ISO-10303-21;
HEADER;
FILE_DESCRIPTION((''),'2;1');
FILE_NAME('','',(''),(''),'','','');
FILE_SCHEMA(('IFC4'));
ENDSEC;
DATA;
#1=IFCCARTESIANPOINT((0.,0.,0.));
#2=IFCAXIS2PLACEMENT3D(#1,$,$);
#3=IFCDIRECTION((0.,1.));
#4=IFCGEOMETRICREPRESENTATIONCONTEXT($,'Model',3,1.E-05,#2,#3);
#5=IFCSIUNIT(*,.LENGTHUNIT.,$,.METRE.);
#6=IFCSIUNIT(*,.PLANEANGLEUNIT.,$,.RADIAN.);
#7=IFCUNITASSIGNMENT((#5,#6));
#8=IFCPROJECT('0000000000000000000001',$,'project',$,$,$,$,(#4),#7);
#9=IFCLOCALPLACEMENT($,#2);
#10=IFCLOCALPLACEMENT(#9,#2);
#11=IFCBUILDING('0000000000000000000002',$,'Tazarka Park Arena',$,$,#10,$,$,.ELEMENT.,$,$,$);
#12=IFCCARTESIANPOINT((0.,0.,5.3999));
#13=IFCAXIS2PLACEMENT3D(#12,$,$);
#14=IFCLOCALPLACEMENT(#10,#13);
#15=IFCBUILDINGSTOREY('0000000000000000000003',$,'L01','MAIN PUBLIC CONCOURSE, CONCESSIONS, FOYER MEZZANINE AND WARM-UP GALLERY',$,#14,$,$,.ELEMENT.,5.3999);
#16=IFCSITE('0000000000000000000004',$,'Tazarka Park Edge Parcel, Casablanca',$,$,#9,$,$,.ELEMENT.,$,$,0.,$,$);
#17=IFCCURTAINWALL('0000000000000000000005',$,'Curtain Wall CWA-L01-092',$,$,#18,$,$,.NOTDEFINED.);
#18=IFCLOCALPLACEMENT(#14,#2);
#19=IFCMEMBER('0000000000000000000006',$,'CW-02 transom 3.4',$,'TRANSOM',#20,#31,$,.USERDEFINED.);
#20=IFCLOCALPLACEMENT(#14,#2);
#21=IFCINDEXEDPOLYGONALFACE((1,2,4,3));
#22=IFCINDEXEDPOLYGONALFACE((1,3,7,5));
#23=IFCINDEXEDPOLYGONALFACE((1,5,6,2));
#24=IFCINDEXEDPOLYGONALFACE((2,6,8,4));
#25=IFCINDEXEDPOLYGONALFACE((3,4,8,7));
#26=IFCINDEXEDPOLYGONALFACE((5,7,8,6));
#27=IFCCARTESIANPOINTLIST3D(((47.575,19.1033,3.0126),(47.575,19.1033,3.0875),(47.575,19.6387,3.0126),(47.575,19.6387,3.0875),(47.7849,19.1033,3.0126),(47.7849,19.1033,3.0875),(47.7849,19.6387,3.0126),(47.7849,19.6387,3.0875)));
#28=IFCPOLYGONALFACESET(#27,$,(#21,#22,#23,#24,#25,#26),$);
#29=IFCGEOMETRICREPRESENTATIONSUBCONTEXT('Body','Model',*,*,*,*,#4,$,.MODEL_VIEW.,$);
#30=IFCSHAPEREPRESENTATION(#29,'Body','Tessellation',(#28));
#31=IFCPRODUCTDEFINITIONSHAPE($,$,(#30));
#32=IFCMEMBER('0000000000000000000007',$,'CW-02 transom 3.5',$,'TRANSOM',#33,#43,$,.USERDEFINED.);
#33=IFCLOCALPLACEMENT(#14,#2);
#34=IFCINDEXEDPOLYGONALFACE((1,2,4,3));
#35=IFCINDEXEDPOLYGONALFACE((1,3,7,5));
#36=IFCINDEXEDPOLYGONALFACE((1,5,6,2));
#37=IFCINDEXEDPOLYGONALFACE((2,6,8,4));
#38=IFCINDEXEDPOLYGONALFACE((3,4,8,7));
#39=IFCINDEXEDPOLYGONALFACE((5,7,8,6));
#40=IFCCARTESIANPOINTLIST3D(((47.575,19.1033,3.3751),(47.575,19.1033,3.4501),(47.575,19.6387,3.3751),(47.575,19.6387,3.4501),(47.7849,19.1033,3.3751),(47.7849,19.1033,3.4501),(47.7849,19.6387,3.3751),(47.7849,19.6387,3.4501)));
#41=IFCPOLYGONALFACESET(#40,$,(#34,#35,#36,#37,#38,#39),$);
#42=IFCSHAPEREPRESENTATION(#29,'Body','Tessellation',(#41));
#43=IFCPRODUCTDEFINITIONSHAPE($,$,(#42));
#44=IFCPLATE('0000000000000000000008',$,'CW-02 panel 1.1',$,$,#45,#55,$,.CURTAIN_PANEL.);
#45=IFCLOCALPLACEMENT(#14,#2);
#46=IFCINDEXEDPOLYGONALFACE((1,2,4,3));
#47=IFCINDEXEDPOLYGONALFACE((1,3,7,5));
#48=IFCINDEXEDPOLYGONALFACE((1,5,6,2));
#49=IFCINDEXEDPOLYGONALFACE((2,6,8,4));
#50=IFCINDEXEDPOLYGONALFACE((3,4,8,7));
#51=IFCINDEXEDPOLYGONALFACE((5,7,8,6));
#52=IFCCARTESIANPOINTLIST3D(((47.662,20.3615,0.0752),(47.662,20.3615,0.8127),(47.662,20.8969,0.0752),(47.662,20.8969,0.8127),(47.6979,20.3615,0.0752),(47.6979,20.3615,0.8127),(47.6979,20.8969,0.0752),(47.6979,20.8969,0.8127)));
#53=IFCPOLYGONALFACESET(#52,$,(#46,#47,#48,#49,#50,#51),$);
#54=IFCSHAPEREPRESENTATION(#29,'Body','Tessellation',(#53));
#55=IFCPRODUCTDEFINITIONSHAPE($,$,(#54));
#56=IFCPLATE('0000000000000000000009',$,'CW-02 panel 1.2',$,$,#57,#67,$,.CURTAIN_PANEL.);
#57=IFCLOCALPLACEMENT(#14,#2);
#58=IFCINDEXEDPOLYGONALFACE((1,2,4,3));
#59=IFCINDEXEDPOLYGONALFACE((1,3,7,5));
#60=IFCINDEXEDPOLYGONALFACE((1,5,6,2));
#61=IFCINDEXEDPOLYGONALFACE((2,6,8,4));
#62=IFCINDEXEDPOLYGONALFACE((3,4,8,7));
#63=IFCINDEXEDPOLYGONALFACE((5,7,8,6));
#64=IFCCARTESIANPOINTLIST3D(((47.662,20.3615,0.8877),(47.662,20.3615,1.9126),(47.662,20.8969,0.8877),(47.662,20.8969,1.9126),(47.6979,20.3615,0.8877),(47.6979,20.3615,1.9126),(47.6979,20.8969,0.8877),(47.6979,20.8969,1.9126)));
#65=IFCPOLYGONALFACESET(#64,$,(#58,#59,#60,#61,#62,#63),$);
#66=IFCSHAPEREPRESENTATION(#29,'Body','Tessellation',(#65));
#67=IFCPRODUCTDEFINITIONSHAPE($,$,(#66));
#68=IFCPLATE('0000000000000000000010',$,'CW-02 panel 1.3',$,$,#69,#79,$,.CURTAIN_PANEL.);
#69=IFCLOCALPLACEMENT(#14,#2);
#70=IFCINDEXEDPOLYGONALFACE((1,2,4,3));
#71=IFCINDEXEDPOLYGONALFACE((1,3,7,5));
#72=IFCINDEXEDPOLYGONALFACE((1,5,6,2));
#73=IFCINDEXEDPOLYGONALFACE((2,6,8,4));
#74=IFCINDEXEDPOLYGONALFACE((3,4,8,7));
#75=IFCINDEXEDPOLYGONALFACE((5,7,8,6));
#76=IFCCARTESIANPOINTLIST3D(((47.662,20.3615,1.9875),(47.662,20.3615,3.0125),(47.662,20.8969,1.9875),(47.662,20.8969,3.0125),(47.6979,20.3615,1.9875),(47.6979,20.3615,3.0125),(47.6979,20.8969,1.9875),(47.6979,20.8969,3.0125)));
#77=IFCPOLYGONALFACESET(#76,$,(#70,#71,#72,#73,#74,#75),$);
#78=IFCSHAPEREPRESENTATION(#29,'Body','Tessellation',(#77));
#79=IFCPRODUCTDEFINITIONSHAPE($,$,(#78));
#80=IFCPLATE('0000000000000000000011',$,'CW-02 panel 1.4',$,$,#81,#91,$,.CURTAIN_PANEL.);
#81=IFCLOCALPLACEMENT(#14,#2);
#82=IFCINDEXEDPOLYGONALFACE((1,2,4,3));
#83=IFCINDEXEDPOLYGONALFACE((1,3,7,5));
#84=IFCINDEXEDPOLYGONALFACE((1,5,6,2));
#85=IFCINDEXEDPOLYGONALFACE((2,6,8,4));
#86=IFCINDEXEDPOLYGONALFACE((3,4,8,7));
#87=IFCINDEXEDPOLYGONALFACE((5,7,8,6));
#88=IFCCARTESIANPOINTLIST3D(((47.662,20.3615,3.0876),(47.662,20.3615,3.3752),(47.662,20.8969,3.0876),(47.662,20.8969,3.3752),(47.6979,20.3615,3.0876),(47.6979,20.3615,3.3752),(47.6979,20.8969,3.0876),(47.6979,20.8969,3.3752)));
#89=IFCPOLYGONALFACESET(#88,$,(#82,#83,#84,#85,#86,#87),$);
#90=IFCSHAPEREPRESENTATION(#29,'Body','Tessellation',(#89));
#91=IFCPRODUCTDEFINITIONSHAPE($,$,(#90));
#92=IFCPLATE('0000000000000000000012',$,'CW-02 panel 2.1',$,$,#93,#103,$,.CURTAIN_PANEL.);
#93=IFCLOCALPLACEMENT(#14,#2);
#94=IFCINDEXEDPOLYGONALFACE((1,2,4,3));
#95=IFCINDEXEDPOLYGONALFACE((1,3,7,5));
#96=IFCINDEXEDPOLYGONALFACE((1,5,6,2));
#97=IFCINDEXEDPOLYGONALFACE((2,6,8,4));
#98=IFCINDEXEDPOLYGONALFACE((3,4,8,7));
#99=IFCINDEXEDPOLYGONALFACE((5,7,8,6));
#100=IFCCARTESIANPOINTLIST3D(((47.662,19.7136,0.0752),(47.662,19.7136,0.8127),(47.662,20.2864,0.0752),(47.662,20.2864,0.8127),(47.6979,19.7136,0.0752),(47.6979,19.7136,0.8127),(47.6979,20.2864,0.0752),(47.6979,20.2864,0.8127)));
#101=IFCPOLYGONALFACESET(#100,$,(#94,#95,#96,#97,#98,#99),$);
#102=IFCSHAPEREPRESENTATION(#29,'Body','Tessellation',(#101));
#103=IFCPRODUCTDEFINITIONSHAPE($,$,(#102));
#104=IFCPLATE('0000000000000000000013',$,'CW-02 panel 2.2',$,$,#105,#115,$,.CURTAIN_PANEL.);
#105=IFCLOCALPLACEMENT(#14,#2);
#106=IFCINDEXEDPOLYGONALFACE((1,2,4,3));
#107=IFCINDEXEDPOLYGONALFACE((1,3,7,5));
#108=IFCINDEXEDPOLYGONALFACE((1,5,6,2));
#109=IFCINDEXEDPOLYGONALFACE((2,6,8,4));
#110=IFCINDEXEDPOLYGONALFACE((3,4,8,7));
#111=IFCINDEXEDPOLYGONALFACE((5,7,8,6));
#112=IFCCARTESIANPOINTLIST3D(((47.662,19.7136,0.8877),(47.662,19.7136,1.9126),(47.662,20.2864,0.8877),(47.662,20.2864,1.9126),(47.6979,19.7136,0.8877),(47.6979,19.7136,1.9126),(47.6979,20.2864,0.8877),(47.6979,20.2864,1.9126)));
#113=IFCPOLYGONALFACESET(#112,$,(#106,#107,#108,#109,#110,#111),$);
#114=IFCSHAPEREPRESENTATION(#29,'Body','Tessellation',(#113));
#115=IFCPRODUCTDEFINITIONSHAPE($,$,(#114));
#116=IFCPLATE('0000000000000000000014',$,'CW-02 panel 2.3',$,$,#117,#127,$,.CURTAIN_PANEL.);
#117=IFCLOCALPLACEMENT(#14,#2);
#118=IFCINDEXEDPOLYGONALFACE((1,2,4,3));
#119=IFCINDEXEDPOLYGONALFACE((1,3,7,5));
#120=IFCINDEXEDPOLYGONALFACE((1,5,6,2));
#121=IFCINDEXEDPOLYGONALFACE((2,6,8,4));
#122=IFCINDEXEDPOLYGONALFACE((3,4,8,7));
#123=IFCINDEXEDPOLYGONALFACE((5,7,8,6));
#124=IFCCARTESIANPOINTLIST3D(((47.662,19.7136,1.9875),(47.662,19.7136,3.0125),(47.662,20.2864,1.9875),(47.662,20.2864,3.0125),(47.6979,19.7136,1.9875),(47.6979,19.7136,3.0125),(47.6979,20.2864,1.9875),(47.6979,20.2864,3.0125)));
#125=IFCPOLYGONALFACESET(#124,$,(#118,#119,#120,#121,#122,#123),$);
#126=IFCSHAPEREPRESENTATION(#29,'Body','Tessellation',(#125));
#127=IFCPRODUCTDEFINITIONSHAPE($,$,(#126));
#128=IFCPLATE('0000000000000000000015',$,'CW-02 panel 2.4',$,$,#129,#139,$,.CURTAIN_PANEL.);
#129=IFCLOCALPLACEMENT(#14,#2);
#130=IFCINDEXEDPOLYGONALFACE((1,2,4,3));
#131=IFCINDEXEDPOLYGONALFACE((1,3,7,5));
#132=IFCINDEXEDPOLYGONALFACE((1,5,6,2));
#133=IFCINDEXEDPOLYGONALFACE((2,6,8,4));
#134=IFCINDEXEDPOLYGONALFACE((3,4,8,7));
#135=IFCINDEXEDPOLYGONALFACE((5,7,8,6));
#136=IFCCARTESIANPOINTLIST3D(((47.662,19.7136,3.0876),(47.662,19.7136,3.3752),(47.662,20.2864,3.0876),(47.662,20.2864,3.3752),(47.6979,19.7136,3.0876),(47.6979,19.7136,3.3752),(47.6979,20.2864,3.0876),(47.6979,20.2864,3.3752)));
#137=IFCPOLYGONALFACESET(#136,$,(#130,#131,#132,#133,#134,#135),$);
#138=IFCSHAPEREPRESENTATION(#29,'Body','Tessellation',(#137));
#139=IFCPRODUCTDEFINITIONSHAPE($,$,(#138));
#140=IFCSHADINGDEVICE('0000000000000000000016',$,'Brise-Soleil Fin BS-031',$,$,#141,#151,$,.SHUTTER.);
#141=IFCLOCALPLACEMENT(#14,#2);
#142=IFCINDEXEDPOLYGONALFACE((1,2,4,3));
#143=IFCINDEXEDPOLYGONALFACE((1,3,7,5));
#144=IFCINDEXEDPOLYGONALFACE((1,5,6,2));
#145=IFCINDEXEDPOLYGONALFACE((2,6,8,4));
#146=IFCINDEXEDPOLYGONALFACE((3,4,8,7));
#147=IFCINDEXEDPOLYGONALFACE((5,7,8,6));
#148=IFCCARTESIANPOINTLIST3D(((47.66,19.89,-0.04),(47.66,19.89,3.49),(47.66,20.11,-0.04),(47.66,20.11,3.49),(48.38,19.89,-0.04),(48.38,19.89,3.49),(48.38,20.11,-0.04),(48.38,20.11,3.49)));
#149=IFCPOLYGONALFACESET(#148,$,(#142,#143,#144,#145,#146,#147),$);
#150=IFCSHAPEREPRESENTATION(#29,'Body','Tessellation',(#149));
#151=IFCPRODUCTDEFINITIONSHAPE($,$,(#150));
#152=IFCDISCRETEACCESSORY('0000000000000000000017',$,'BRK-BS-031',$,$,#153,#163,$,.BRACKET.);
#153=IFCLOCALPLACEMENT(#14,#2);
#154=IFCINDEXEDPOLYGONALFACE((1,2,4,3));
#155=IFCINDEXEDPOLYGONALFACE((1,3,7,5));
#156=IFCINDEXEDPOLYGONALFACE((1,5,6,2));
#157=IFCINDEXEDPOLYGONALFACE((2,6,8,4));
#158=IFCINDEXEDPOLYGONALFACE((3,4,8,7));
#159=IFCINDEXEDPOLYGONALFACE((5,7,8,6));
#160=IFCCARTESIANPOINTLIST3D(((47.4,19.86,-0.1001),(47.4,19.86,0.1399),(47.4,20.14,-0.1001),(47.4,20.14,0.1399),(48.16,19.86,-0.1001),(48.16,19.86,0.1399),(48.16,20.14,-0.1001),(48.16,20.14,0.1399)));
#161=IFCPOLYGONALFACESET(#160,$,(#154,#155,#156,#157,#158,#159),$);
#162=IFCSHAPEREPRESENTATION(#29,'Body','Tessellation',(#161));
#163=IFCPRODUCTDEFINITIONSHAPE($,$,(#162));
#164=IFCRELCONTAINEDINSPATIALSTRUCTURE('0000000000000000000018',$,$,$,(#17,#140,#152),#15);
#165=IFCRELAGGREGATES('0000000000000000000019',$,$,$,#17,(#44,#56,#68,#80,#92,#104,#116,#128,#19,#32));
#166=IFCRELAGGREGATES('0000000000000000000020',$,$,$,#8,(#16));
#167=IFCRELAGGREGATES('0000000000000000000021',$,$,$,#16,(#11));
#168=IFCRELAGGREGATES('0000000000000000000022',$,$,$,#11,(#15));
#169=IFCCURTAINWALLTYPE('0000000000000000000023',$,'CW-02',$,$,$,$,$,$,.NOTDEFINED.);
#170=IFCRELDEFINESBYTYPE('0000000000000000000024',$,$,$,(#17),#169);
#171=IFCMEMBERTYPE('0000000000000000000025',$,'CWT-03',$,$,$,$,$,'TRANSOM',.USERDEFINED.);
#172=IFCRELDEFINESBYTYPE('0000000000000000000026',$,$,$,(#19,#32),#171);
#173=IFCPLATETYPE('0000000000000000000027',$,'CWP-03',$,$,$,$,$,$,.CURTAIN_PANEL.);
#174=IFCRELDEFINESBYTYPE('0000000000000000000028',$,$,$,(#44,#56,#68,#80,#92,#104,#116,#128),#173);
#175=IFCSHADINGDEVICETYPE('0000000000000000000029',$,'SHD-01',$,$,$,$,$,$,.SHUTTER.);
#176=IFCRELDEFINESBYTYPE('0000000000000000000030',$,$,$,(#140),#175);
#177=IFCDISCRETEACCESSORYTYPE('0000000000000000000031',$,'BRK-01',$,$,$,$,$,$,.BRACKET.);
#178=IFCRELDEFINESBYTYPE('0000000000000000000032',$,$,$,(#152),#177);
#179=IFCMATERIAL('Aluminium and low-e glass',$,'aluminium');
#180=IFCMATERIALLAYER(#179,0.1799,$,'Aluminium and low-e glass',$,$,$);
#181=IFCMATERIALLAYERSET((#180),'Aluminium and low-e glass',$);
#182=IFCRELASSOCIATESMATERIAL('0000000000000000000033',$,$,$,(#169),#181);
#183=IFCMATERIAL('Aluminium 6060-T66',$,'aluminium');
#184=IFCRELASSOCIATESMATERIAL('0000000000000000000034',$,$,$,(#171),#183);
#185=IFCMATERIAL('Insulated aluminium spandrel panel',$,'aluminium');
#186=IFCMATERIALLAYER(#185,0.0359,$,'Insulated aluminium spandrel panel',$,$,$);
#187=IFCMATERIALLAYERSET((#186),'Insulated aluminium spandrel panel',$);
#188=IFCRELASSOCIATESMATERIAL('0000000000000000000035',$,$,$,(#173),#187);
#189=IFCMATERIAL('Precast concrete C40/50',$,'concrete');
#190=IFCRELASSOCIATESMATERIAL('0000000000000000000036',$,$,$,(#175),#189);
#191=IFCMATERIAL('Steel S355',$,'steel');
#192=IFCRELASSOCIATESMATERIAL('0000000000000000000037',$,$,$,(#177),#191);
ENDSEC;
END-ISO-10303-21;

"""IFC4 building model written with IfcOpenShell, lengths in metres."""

from ifc_helpers import new_model, si_unit, direction, frame, origin, origin_2d, place, context, subcontext, project, spatial, rectangle, extrude, material, layer, layer_set, material_profile, profile_set, type_object, element, aggregate, save


model = new_model("IFC4")

# Units and contexts
model_context = context("Model", 3, precision=1e-05, world=origin(), true_north=direction((0.0, 1.0)))
body_context = subcontext(model_context, "Body", "Model", "MODEL_VIEW")
ifc_project = project(units=[si_unit("LENGTHUNIT", "METRE"), si_unit("PLANEANGLEUNIT", "RADIAN")], contexts=[model_context])

# Site, building, storey
site_placement = place(None, origin())
site = spatial("IfcSite", under=ifc_project, at=site_placement, Name="Tazarka Park Edge Parcel, Casablanca", CompositionType="ELEMENT", RefElevation=0.0)
building_placement = place(site_placement, origin())
building = spatial("IfcBuilding", under=site, at=building_placement, Name="Tazarka Park Arena", CompositionType="ELEMENT")
storey_placement = place(building_placement, frame((0.0, 0.0, 5.3999)))
storey = spatial("IfcBuildingStorey", under=building, at=storey_placement, Name="L01", Description="MAIN PUBLIC CONCOURSE, CONCESSIONS, FOYER MEZZANINE AND WARM-UP GALLERY", CompositionType="ELEMENT", Elevation=5.3999)

# Curtain wall, members, plates
ifc_material_1 = material(Name="Aluminium and low-e glass", Category="aluminium")
ifc_layer_1 = layer(ifc_material_1, 0.1799, Name="Aluminium and low-e glass")
ifc_layer_set_1 = layer_set([ifc_layer_1], Name="Aluminium and low-e glass")
curtain_wall_type = type_object("IfcCurtainWallType", Name="CW-02", PredefinedType="NOTDEFINED", material=ifc_layer_set_1)
curtain_wall_placement = place(storey_placement, origin())
curtain_wall = element("IfcCurtainWall", 1, at=curtain_wall_placement, inside=storey, type_object=curtain_wall_type, Name="Curtain Wall CWA-L01-092", PredefinedType="NOTDEFINED")
ifc_material_2 = material(Name="Aluminium 6060-T66", Category="aluminium")
ifc_material_profile_1 = material_profile(ifc_material_2, rectangle(XDim=0.21, YDim=0.075, at=origin_2d()), Name="Aluminium 6060-T66")
ifc_profile_set_1 = profile_set([ifc_material_profile_1], Name="Aluminium 6060-T66")
member_type_1 = type_object("IfcMemberType", Name="CWT-03", ElementType="TRANSOM", PredefinedType="USERDEFINED", material=ifc_profile_set_1)
member_1_placement = place(storey_placement, frame((47.6799, 19.6387, 3.05), z_axis=(0.0, -1.0, 0.0), x_axis=(1.0, 0.0, 0.0)))
member_1 = element("IfcMember", 2, at=member_1_placement, type_object=member_type_1, Name="CW-02 transom 3.4", ObjectType="TRANSOM", PredefinedType="USERDEFINED", context=body_context, shape_type="SweptSolid", body=[
    extrude(rectangle(XDim=0.21, YDim=0.075, at=origin_2d()), origin(), (0.0, 0.0, 1.0), 0.5354),
])
member_2_placement = place(storey_placement, frame((47.6799, 19.6387, 3.4126), z_axis=(0.0, -1.0, 0.0), x_axis=(1.0, 0.0, 0.0)))
member_2 = element("IfcMember", 3, at=member_2_placement, type_object=member_type_1, Name="CW-02 transom 3.5", ObjectType="TRANSOM", PredefinedType="USERDEFINED", context=body_context, shape_type="SweptSolid", body=[
    extrude(rectangle(XDim=0.21, YDim=0.075, at=origin_2d()), origin(), (0.0, 0.0, 1.0), 0.5354),
])
ifc_material_3 = material(Name="Insulated aluminium spandrel panel", Category="aluminium")
ifc_layer_2 = layer(ifc_material_3, 0.0359, Name="Insulated aluminium spandrel panel")
ifc_layer_set_2 = layer_set([ifc_layer_2], Name="Insulated aluminium spandrel panel")
plate_type = type_object("IfcPlateType", Name="CWP-03", PredefinedType="CURTAIN_PANEL", material=ifc_layer_set_2)
plate_1_placement = place(storey_placement, frame((47.6799, 20.6292, 0.0752), z_axis=(0.0, 0.0, 1.0), x_axis=(0.0, -1.0, 0.0)))
plate_1 = element("IfcPlate", 4, at=plate_1_placement, type_object=plate_type, Name="CW-02 panel 1.1", PredefinedType="CURTAIN_PANEL", context=body_context, shape_type="SweptSolid", body=[
    extrude(rectangle(XDim=0.5354, YDim=0.0359, at=origin_2d()), origin(), (0.0, 0.0, 1.0), 0.7375),
])
plate_2_placement = place(storey_placement, frame((47.6799, 20.6292, 0.8877), z_axis=(0.0, 0.0, 1.0), x_axis=(0.0, -1.0, 0.0)))
plate_2 = element("IfcPlate", 5, at=plate_2_placement, type_object=plate_type, Name="CW-02 panel 1.2", PredefinedType="CURTAIN_PANEL", context=body_context, shape_type="SweptSolid", body=[
    extrude(rectangle(XDim=0.5354, YDim=0.0359, at=origin_2d()), origin(), (0.0, 0.0, 1.0), 1.0249),
])
plate_3_placement = place(storey_placement, frame((47.6799, 20.6292, 1.9875), z_axis=(0.0, 0.0, 1.0), x_axis=(0.0, -1.0, 0.0)))
plate_3 = element("IfcPlate", 6, at=plate_3_placement, type_object=plate_type, Name="CW-02 panel 1.3", PredefinedType="CURTAIN_PANEL", context=body_context, shape_type="SweptSolid", body=[
    extrude(rectangle(XDim=0.5354, YDim=0.0359, at=origin_2d()), origin(), (0.0, 0.0, 1.0), 1.0249),
])
plate_4_placement = place(storey_placement, frame((47.6799, 20.6292, 3.0876), z_axis=(0.0, 0.0, 1.0), x_axis=(0.0, -1.0, 0.0)))
plate_4 = element("IfcPlate", 7, at=plate_4_placement, type_object=plate_type, Name="CW-02 panel 1.4", PredefinedType="CURTAIN_PANEL", context=body_context, shape_type="SweptSolid", body=[
    extrude(rectangle(XDim=0.5354, YDim=0.0359, at=origin_2d()), origin(), (0.0, 0.0, 1.0), 0.2876),
])
plate_5_placement = place(storey_placement, frame((47.6799, 20.0, 0.0752), z_axis=(0.0, 0.0, 1.0), x_axis=(0.0, -1.0, 0.0)))
plate_5 = element("IfcPlate", 8, at=plate_5_placement, type_object=plate_type, Name="CW-02 panel 2.1", PredefinedType="CURTAIN_PANEL", context=body_context, shape_type="SweptSolid", body=[
    extrude(rectangle(XDim=0.5728, YDim=0.0359, at=origin_2d()), origin(), (0.0, 0.0, 1.0), 0.7375),
])
plate_6_placement = place(storey_placement, frame((47.6799, 20.0, 0.8877), z_axis=(0.0, 0.0, 1.0), x_axis=(0.0, -1.0, 0.0)))
plate_6 = element("IfcPlate", 9, at=plate_6_placement, type_object=plate_type, Name="CW-02 panel 2.2", PredefinedType="CURTAIN_PANEL", context=body_context, shape_type="SweptSolid", body=[
    extrude(rectangle(XDim=0.5728, YDim=0.0359, at=origin_2d()), origin(), (0.0, 0.0, 1.0), 1.0249),
])
plate_7_placement = place(storey_placement, frame((47.6799, 20.0, 1.9875), z_axis=(0.0, 0.0, 1.0), x_axis=(0.0, -1.0, 0.0)))
plate_7 = element("IfcPlate", 10, at=plate_7_placement, type_object=plate_type, Name="CW-02 panel 2.3", PredefinedType="CURTAIN_PANEL", context=body_context, shape_type="SweptSolid", body=[
    extrude(rectangle(XDim=0.5728, YDim=0.0359, at=origin_2d()), origin(), (0.0, 0.0, 1.0), 1.0249),
])
plate_8_placement = place(storey_placement, frame((47.6799, 20.0, 3.0876), z_axis=(0.0, 0.0, 1.0), x_axis=(0.0, -1.0, 0.0)))
plate_8 = element("IfcPlate", 11, at=plate_8_placement, type_object=plate_type, Name="CW-02 panel 2.4", PredefinedType="CURTAIN_PANEL", context=body_context, shape_type="SweptSolid", body=[
    extrude(rectangle(XDim=0.5728, YDim=0.0359, at=origin_2d()), origin(), (0.0, 0.0, 1.0), 0.2876),
])
aggregate(curtain_wall, [plate_1, plate_2, plate_3, plate_4, plate_5, plate_6, plate_7, plate_8, member_1, member_2])

# Shading device
ifc_material_4 = material(Name="Precast concrete C40/50", Category="concrete")
shading_device_type = type_object("IfcShadingDeviceType", Name="SHD-01", PredefinedType="SHUTTER", material=ifc_material_4)
shading_device_placement = place(storey_placement, frame((48.02, 20.0, -0.04), z_axis=(0.0, 0.0, 1.0), x_axis=(0.0, -1.0, 0.0)))
element("IfcShadingDevice", 12, at=shading_device_placement, inside=storey, type_object=shading_device_type, Name="Brise-Soleil Fin BS-031", PredefinedType="SHUTTER", context=body_context, shape_type="SweptSolid", body=[
    extrude(rectangle(XDim=0.22, YDim=0.72, at=origin_2d()), origin(), (0.0, 0.0, 1.0), 3.53),
])

# Discrete accessory
ifc_material_5 = material(Name="Steel S355", Category="steel")
discrete_accessory_type = type_object("IfcDiscreteAccessoryType", Name="BRK-01", PredefinedType="BRACKET", material=ifc_material_5)
discrete_accessory_placement = place(storey_placement, frame((47.78, 20.0, -0.1001), z_axis=(0.0, 0.0, 1.0), x_axis=(0.0, -1.0, 0.0)))
element("IfcDiscreteAccessory", 13, at=discrete_accessory_placement, inside=storey, type_object=discrete_accessory_type, Name="BRK-BS-031", PredefinedType="BRACKET", context=body_context, shape_type="SweptSolid", body=[
    extrude(rectangle(XDim=0.28, YDim=0.76, at=origin_2d()), origin(), (0.0, 0.0, 1.0), 0.24),
])

save(model, "model.ifc")
